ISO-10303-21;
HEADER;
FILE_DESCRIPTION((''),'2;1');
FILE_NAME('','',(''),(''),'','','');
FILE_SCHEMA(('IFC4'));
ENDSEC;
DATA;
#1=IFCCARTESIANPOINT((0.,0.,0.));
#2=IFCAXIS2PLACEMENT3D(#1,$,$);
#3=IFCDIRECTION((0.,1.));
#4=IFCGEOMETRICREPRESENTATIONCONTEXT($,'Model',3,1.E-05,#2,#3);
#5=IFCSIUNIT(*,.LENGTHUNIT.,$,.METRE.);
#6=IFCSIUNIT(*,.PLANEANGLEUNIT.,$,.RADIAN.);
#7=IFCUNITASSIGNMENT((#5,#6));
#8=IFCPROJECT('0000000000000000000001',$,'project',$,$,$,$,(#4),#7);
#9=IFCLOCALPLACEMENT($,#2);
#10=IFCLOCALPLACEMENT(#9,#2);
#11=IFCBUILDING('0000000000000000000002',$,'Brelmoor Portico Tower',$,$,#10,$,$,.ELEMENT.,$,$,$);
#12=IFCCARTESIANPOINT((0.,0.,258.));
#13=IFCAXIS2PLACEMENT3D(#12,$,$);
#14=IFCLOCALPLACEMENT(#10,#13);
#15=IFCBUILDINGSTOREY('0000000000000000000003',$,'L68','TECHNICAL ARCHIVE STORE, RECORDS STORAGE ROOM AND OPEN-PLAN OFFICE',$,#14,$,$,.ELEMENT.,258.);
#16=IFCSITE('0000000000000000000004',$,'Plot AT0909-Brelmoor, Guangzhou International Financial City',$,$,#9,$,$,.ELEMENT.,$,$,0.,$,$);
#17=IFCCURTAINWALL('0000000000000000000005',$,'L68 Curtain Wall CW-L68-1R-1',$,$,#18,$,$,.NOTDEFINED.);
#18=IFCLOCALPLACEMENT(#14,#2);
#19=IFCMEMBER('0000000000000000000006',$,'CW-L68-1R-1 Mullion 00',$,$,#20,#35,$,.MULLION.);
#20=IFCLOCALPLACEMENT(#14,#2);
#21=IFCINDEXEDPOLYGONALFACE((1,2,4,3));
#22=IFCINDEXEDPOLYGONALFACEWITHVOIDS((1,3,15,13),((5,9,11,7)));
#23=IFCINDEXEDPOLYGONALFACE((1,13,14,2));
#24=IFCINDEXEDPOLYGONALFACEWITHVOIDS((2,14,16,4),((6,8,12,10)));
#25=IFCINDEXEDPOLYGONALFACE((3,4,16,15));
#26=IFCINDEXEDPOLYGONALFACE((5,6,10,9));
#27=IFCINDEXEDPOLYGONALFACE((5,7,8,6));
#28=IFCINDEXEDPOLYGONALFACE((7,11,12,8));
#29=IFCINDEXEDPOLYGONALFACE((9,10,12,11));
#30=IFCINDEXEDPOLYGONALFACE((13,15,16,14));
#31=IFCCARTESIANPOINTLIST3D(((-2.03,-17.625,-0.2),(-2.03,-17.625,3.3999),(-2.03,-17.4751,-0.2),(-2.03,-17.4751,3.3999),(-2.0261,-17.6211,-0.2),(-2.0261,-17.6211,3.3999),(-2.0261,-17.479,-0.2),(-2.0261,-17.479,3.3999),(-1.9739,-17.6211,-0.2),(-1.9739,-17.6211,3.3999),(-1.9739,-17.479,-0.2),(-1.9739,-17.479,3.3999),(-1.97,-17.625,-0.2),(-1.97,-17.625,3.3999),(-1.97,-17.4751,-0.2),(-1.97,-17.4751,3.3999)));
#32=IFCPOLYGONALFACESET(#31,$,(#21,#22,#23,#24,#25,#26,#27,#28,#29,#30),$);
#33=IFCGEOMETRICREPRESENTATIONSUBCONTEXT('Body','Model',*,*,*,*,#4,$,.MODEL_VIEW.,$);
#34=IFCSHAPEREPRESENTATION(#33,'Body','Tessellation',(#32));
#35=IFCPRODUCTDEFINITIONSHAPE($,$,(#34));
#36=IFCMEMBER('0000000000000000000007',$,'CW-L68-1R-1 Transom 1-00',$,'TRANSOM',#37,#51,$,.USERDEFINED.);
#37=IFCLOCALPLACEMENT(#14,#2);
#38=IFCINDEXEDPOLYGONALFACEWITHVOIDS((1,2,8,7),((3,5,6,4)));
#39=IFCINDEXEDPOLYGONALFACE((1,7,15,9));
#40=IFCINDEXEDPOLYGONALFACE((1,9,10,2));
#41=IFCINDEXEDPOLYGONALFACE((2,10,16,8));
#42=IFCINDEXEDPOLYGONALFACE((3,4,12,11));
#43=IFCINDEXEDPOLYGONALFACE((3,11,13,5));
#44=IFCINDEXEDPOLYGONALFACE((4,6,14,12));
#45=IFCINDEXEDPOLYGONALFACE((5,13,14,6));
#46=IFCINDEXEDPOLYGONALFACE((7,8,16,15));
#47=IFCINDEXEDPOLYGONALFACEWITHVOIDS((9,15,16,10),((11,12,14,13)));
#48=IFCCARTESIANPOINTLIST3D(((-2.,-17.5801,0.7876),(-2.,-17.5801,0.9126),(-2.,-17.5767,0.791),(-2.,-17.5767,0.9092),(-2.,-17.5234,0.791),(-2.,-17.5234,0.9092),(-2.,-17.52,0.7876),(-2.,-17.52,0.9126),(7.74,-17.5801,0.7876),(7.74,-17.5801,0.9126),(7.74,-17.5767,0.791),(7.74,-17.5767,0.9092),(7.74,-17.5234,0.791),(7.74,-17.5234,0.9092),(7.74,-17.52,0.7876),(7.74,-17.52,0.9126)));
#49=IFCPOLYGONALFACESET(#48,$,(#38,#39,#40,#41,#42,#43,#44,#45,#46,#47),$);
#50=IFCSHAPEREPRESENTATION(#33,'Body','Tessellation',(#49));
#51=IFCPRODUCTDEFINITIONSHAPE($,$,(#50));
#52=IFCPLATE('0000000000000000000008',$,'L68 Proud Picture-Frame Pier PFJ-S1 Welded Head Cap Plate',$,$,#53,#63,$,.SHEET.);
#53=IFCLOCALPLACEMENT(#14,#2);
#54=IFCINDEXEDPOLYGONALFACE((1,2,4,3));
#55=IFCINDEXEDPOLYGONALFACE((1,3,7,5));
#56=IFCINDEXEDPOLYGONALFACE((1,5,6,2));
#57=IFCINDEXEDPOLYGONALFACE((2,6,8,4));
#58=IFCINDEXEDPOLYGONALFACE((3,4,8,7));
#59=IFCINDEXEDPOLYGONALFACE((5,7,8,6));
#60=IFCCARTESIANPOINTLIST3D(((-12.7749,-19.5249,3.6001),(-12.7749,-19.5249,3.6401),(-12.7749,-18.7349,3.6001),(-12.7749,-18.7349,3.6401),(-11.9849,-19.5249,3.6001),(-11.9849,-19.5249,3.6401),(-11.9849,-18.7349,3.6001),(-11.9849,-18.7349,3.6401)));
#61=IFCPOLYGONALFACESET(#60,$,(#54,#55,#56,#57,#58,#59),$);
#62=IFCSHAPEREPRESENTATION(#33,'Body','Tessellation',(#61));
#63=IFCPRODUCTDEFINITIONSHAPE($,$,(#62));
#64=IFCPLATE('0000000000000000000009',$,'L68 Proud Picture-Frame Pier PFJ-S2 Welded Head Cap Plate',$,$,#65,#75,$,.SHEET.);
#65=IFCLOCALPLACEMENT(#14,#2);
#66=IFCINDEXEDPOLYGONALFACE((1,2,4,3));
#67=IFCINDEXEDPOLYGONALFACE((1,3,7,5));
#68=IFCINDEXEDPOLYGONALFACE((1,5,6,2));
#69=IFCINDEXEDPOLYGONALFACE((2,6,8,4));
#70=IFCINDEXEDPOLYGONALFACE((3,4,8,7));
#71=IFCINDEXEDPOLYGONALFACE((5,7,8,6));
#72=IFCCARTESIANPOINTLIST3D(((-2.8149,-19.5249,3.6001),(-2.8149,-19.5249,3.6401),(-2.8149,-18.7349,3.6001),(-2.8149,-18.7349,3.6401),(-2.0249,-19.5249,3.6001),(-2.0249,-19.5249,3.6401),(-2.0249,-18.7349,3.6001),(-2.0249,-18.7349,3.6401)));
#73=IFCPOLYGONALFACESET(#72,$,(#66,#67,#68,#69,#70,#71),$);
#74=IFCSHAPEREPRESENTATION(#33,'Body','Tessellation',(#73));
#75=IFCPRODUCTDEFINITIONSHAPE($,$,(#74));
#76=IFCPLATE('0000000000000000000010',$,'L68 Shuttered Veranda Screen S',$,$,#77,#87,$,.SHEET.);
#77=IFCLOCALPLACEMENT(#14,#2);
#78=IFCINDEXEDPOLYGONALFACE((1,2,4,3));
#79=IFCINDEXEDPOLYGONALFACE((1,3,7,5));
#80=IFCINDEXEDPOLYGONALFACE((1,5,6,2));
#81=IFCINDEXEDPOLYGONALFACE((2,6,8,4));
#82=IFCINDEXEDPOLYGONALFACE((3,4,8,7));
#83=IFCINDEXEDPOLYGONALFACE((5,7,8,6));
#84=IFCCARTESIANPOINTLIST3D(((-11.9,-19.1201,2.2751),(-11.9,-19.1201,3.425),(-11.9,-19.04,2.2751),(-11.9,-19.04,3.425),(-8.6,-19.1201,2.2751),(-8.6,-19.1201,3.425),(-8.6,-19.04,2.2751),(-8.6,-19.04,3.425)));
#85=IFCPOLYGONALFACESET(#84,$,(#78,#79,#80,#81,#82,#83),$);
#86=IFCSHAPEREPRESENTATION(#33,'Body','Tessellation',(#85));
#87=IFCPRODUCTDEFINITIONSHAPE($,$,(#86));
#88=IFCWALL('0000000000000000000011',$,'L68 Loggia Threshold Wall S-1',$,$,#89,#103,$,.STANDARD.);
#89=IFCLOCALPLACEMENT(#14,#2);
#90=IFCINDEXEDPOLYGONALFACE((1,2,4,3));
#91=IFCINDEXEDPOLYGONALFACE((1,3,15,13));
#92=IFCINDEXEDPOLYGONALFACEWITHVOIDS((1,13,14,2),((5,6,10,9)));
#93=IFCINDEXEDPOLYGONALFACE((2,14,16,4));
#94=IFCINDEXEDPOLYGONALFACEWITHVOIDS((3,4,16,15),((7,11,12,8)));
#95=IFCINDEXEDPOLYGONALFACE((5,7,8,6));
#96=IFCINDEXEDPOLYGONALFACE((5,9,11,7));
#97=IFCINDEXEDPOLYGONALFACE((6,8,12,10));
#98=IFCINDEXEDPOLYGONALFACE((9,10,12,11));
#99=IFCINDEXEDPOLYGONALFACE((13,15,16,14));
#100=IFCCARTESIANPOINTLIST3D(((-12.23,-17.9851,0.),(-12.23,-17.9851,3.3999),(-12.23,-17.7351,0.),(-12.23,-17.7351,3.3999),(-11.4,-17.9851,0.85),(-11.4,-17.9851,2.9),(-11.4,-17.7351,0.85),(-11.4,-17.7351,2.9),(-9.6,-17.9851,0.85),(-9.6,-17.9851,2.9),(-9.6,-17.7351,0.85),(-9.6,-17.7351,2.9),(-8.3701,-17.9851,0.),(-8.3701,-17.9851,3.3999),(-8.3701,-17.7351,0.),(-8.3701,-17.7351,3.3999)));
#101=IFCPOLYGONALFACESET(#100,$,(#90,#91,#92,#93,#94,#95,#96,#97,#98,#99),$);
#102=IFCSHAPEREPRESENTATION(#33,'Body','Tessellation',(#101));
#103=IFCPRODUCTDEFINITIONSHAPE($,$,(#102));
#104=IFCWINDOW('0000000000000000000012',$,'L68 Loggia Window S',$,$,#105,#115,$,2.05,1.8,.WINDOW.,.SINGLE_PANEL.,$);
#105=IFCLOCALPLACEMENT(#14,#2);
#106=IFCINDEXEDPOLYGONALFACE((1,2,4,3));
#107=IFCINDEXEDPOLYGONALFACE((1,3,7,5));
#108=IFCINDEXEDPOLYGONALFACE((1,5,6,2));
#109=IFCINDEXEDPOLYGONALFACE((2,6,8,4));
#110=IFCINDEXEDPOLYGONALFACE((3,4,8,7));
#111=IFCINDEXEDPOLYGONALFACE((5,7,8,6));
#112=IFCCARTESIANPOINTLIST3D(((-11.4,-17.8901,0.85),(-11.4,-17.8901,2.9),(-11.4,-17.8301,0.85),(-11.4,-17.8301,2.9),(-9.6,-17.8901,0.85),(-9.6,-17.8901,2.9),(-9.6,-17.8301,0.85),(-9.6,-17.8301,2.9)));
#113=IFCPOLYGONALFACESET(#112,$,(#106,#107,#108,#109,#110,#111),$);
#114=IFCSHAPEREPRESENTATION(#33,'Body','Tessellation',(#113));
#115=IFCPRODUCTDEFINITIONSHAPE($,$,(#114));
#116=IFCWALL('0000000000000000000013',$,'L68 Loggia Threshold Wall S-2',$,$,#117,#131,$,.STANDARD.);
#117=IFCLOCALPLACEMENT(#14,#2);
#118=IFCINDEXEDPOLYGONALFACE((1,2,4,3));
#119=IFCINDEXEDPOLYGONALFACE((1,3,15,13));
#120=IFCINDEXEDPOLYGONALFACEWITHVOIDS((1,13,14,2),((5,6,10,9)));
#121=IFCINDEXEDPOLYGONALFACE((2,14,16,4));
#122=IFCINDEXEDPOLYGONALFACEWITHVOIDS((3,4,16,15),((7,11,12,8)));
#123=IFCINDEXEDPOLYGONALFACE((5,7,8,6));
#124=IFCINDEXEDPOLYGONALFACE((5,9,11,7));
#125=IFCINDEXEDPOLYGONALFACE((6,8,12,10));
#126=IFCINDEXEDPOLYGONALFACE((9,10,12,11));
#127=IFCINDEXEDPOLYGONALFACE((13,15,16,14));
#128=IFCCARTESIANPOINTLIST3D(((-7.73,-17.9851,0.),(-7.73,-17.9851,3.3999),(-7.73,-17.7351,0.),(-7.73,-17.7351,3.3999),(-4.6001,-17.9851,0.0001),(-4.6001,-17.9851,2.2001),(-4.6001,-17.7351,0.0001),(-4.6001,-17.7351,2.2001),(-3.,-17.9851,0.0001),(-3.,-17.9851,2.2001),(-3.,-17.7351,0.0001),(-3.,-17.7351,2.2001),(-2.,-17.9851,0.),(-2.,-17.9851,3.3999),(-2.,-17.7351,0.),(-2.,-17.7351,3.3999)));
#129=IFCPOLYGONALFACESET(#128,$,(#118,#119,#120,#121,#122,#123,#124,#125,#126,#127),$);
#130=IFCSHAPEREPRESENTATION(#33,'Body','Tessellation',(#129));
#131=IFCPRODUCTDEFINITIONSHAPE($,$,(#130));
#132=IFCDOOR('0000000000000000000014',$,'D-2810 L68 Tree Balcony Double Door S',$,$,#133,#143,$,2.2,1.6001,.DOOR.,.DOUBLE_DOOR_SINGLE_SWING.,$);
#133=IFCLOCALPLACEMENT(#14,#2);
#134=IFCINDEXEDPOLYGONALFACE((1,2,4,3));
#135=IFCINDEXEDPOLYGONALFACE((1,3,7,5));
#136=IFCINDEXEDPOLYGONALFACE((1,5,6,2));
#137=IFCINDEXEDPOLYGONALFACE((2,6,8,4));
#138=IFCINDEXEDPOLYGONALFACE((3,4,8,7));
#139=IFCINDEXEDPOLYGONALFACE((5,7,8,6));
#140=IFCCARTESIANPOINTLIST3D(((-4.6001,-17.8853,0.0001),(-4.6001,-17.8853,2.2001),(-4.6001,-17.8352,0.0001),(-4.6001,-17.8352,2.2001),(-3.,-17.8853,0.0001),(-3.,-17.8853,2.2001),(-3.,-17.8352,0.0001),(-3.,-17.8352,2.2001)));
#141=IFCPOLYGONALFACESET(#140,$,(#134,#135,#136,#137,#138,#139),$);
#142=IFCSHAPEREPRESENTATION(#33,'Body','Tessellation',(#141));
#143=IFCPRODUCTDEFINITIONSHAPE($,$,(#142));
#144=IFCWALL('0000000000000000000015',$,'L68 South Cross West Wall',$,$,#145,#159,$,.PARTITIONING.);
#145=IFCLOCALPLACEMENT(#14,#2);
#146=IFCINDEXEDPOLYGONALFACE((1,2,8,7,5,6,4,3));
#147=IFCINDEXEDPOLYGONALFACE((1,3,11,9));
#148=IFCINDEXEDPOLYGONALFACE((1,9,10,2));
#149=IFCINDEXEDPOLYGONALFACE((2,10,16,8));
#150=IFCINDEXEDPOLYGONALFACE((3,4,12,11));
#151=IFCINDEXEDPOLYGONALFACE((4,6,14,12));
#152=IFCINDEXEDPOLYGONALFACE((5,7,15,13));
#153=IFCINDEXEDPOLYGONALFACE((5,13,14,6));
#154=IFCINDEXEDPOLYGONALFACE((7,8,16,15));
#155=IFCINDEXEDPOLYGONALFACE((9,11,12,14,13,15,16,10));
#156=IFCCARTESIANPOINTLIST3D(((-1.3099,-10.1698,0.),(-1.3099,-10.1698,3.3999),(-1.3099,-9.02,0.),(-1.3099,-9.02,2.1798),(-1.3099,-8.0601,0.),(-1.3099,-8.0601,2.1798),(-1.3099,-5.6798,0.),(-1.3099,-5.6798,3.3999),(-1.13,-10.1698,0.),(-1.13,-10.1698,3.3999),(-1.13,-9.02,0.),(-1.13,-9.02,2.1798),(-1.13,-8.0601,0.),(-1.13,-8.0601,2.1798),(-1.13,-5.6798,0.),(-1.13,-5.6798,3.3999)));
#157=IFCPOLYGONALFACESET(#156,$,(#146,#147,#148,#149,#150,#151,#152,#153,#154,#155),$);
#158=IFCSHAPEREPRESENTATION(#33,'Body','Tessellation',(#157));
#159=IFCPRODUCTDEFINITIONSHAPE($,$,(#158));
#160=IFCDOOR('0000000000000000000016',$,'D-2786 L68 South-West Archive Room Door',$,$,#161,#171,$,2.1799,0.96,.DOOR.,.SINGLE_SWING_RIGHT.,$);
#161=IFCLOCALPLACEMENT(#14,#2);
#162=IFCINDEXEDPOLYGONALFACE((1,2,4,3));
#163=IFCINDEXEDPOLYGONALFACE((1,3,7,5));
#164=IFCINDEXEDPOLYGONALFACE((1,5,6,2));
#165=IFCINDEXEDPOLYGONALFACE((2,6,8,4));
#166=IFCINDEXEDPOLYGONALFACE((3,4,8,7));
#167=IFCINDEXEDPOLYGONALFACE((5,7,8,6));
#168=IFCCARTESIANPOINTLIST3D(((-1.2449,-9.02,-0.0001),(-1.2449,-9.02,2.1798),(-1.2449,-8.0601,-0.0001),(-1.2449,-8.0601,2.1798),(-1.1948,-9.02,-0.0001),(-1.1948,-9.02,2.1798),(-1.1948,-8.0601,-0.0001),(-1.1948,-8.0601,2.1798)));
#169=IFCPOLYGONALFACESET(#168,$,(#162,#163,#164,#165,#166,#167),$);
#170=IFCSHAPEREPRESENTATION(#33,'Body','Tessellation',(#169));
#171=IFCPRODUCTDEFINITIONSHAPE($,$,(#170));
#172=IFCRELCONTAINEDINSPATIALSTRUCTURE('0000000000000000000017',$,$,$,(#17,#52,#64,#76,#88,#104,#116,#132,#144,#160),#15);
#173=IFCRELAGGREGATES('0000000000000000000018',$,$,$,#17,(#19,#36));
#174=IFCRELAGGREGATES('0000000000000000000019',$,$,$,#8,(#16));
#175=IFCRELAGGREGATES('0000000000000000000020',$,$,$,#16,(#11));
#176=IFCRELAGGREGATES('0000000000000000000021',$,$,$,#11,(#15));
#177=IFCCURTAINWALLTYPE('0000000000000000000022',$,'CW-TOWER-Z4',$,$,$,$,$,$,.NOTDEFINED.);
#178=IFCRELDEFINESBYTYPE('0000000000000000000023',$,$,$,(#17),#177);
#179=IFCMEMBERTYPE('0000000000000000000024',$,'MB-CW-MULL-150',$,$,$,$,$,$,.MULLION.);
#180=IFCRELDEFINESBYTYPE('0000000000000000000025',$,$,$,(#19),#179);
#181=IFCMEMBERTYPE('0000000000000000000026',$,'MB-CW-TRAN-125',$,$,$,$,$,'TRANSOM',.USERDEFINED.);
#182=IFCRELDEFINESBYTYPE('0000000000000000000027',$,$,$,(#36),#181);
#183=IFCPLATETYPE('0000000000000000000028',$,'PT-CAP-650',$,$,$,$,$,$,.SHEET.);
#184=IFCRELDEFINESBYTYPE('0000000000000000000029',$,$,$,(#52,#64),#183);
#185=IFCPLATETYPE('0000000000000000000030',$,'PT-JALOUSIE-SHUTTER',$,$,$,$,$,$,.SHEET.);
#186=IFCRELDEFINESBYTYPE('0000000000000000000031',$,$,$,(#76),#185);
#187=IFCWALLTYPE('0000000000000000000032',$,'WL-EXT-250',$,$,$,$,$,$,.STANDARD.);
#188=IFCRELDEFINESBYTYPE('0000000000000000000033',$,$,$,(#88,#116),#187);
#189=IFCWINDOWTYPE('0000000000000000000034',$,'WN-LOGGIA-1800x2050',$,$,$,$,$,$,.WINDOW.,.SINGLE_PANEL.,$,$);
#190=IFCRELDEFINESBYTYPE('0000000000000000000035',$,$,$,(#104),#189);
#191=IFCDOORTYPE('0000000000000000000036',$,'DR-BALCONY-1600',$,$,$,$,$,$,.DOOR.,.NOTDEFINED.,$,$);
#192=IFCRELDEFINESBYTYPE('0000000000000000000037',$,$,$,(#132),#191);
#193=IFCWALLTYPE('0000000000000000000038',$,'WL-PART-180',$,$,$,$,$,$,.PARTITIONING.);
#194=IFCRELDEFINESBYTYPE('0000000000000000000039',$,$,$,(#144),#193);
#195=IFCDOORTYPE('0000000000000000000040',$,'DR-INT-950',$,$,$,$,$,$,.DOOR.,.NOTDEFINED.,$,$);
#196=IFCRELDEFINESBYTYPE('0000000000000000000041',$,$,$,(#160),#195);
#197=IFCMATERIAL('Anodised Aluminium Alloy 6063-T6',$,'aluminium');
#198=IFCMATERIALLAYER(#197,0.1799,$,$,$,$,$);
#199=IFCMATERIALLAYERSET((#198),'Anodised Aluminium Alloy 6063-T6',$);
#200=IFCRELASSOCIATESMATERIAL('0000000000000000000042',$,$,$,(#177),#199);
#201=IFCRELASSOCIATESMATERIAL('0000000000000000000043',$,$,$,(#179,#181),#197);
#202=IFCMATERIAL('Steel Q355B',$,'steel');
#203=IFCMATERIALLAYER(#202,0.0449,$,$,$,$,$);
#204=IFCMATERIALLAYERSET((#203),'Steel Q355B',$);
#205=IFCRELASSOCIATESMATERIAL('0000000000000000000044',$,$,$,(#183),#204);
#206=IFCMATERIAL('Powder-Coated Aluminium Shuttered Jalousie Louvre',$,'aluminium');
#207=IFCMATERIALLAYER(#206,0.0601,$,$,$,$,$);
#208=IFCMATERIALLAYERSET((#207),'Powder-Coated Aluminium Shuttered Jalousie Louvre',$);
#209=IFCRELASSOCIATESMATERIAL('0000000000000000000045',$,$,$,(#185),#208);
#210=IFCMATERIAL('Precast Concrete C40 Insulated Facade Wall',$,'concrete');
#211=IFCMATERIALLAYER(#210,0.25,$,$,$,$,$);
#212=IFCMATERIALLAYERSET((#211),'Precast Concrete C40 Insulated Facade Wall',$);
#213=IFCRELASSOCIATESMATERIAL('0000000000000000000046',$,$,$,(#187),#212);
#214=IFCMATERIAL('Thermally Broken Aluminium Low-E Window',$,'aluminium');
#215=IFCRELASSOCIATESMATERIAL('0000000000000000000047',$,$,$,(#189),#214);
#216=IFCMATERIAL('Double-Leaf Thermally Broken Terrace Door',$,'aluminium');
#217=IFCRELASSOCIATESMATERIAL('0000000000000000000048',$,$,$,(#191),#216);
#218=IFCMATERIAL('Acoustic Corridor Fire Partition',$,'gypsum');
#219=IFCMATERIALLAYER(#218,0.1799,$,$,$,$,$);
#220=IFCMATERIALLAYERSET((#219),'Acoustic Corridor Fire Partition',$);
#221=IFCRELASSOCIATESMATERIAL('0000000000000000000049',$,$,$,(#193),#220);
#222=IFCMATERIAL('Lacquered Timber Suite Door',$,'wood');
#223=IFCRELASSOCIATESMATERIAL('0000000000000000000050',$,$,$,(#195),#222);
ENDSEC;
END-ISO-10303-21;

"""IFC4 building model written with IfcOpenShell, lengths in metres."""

from ifc_helpers import new_model, si_unit, direction, frame, frame_2d, origin, origin_2d, place, context, subcontext, project, spatial, rectangle, hollow_rectangle, extrude, material, layer, layer_set, material_profile, profile_set, type_object, element, fill, aggregate, save


model = new_model("IFC4")

# Units and contexts
model_context = context("Model", 3, precision=1e-05, world=origin(), true_north=direction((0.0, 1.0)))
body_context = subcontext(model_context, "Body", "Model", "MODEL_VIEW")
ifc_project = project(units=[si_unit("LENGTHUNIT", "METRE"), si_unit("PLANEANGLEUNIT", "RADIAN")], contexts=[model_context])

# Site, building, storey
site_placement = place(None, origin())
site = spatial("IfcSite", under=ifc_project, at=site_placement, Name="Plot AT0909-Brelmoor, Guangzhou International Financial City", CompositionType="ELEMENT", RefElevation=0.0)
building_placement = place(site_placement, origin())
building = spatial("IfcBuilding", under=site, at=building_placement, Name="Brelmoor Portico Tower", CompositionType="ELEMENT")
storey_placement = place(building_placement, frame((0.0, 0.0, 258.0)))
storey = spatial("IfcBuildingStorey", under=building, at=storey_placement, Name="L68", Description="TECHNICAL ARCHIVE STORE, RECORDS STORAGE ROOM AND OPEN-PLAN OFFICE", CompositionType="ELEMENT", Elevation=258.0)

# Shared definitions
ifc_material_1 = material(Name="Steel Q355B", Category="steel")

# Curtain wall, members
ifc_material_2 = material(Name="Anodised Aluminium Alloy 6063-T6", Category="aluminium")
ifc_layer_1 = layer(ifc_material_2, 0.1799)
ifc_layer_set_1 = layer_set([ifc_layer_1], Name="Anodised Aluminium Alloy 6063-T6")
curtain_wall_type = type_object("IfcCurtainWallType", Name="CW-TOWER-Z4", PredefinedType="NOTDEFINED", material=ifc_layer_set_1)
curtain_wall_placement = place(storey_placement, origin())
curtain_wall = element("IfcCurtainWall", 1, at=curtain_wall_placement, inside=storey, type_object=curtain_wall_type, Name="L68 Curtain Wall CW-L68-1R-1", PredefinedType="NOTDEFINED")
ifc_material_profile_1 = material_profile(ifc_material_2, hollow_rectangle(XDim=0.0601, YDim=0.1499, WallThickness=0.0039, at=origin_2d()), Name="ALU MULLION 60x150")
ifc_profile_set_1 = profile_set([ifc_material_profile_1], Name="Anodised Aluminium Alloy 6063-T6")
member_type_1 = type_object("IfcMemberType", Name="MB-CW-MULL-150", PredefinedType="MULLION", material=ifc_profile_set_1)
member_1_placement = place(storey_placement, frame((-2.0, -17.55, -0.2), z_axis=(0.0, 0.0, 1.0), x_axis=(1.0, 0.0, 0.0)))
member_1 = element("IfcMember", 2, at=member_1_placement, type_object=member_type_1, Name="CW-L68-1R-1 Mullion 00", PredefinedType="MULLION", context=body_context, shape_type="SweptSolid", body=[
    extrude(hollow_rectangle(XDim=0.0601, YDim=0.1499, WallThickness=0.0039, at=origin_2d()), origin(), (0.0, 0.0, 1.0), 3.5999),
])
ifc_material_profile_2 = material_profile(ifc_material_2, hollow_rectangle(XDim=0.0601, YDim=0.125, WallThickness=0.0034, at=origin_2d()), Name="ALU TRANSOM 60x125")
ifc_profile_set_2 = profile_set([ifc_material_profile_2], Name="Anodised Aluminium Alloy 6063-T6")
member_type_2 = type_object("IfcMemberType", Name="MB-CW-TRAN-125", ElementType="TRANSOM", PredefinedType="USERDEFINED", material=ifc_profile_set_2)
member_2_placement = place(storey_placement, frame((-2.0, -17.55, 0.8501), z_axis=(1.0, 0.0, 0.0), x_axis=(0.0, 1.0, 0.0)))
member_2 = element("IfcMember", 3, at=member_2_placement, type_object=member_type_2, Name="CW-L68-1R-1 Transom 1-00", ObjectType="TRANSOM", PredefinedType="USERDEFINED", context=body_context, shape_type="SweptSolid", body=[
    extrude(hollow_rectangle(XDim=0.0601, YDim=0.125, WallThickness=0.0034, at=origin_2d()), origin(), (0.0, 0.0, 1.0), 9.74),
])
aggregate(curtain_wall, [member_1, member_2])

# Plates
ifc_layer_2 = layer(ifc_material_1, 0.0449)
ifc_layer_set_2 = layer_set([ifc_layer_2], Name="Steel Q355B")
plate_type_1 = type_object("IfcPlateType", Name="PT-CAP-650", PredefinedType="SHEET", material=ifc_layer_set_2)
for number, where, z_axis, x_axis, name in (
    (4, (-12.3799, -19.1299, 3.6001), (0.0, 0.0, 1.0), (1.0, 0.0, 0.0), "L68 Proud Picture-Frame Pier PFJ-S1 Welded Head Cap Plate"),
    (5, (-2.4199, -19.1299, 3.6001), (0.0, 0.0, 1.0), (1.0, 0.0, 0.0), "L68 Proud Picture-Frame Pier PFJ-S2 Welded Head Cap Plate"),
):
    element("IfcPlate", number, at=place(storey_placement, frame(where, z_axis=z_axis, x_axis=x_axis)), inside=storey, type_object=plate_type_1, Name=name, PredefinedType="SHEET", context=body_context, shape_type="SweptSolid", body=[
        extrude(rectangle(XDim=0.79, YDim=0.79, at=origin_2d()), origin(), (0.0, 0.0, 1.0), 0.04),
    ])
ifc_material_3 = material(Name="Powder-Coated Aluminium Shuttered Jalousie Louvre", Category="aluminium")
ifc_layer_3 = layer(ifc_material_3, 0.0601)
ifc_layer_set_3 = layer_set([ifc_layer_3], Name="Powder-Coated Aluminium Shuttered Jalousie Louvre")
plate_type_2 = type_object("IfcPlateType", Name="PT-JALOUSIE-SHUTTER", PredefinedType="SHEET", material=ifc_layer_set_3)
plate_placement = place(storey_placement, frame((-10.25, -19.0801, 2.2751), z_axis=(0.0, 0.0, 1.0), x_axis=(1.0, 0.0, 0.0)))
element("IfcPlate", 6, at=plate_placement, inside=storey, type_object=plate_type_2, Name="L68 Shuttered Veranda Screen S", PredefinedType="SHEET", context=body_context, shape_type="SweptSolid", body=[
    extrude(rectangle(XDim=3.3, YDim=0.0801, at=origin_2d()), origin(), (0.0, 0.0, 1.0), 1.1499),
])

# Wall, opening, window
ifc_material_4 = material(Name="Precast Concrete C40 Insulated Facade Wall", Category="concrete")
ifc_layer_4 = layer(ifc_material_4, 0.25)
ifc_layer_set_4 = layer_set([ifc_layer_4], Name="Precast Concrete C40 Insulated Facade Wall")
wall_type_1 = type_object("IfcWallType", Name="WL-EXT-250", PredefinedType="STANDARD", material=ifc_layer_set_4)
wall_1_placement = place(storey_placement, frame((-12.23, -17.8601, 0.0), z_axis=(0.0, 0.0, 1.0), x_axis=(1.0, 0.0, 0.0)))
wall_1 = element("IfcWall", 7, at=wall_1_placement, inside=storey, type_object=wall_type_1, Name="L68 Loggia Threshold Wall S-1", PredefinedType="STANDARD", context=body_context, shape_type="SweptSolid", body=[
    extrude(rectangle(XDim=3.8599, YDim=0.25, at=frame_2d((1.9299, 0.0))), origin(), (0.0, 0.0, 1.0), 3.3999),
])
opening_1_placement = place(wall_1_placement, frame((0.8301, 0.0, 0.8501)))
opening_1 = element("IfcOpeningElement", 8, at=opening_1_placement, cuts=wall_1, PredefinedType="OPENING", context=body_context, shape_type="SweptSolid", body=[
    extrude(rectangle(XDim=1.8, YDim=2.05, at=frame_2d((0.8999, 1.0249))), frame((0.0, 0.135, 0.0), z_axis=(0.0, -1.0, 0.0), x_axis=(1.0, 0.0, 0.0)), (0.0, 0.0, 1.0), 0.27),
])
ifc_material_5 = material(Name="Thermally Broken Aluminium Low-E Window", Category="aluminium")
window_type = type_object("IfcWindowType", Name="WN-LOGGIA-1800x2050", PartitioningType="SINGLE_PANEL", PredefinedType="WINDOW", material=ifc_material_5)
window_placement = place(opening_1_placement, origin())
window = element("IfcWindow", 9, at=window_placement, inside=storey, type_object=window_type, Name="L68 Loggia Window S", OverallHeight=2.05, OverallWidth=1.8, PartitioningType="SINGLE_PANEL", PredefinedType="WINDOW", context=body_context, shape_type="SweptSolid", body=[
    extrude(rectangle(XDim=1.8, YDim=2.05, at=frame_2d((0.8999, 1.0249))), frame((0.0, 0.03, 0.0), z_axis=(0.0, -1.0, 0.0), x_axis=(1.0, 0.0, 0.0)), (0.0, 0.0, 1.0), 0.0601),
])
fill(opening_1, window)

# Walls, openings, doors
wall_2_placement = place(storey_placement, frame((-7.73, -17.8601, 0.0), z_axis=(0.0, 0.0, 1.0), x_axis=(1.0, 0.0, 0.0)))
wall_2 = element("IfcWall", 10, at=wall_2_placement, inside=storey, type_object=wall_type_1, Name="L68 Loggia Threshold Wall S-2", PredefinedType="STANDARD", context=body_context, shape_type="SweptSolid", body=[
    extrude(rectangle(XDim=5.73, YDim=0.25, at=frame_2d((2.865, 0.0))), origin(), (0.0, 0.0, 1.0), 3.3999),
])
opening_2_placement = place(wall_2_placement, frame((3.1299, 0.0, 0.0)))
opening_2 = element("IfcOpeningElement", 11, at=opening_2_placement, cuts=wall_2, PredefinedType="OPENING", context=body_context, shape_type="SweptSolid", body=[
    extrude(rectangle(XDim=1.6001, YDim=2.2, at=frame_2d((0.8, 1.1001))), frame((0.0, 0.135, 0.0), z_axis=(0.0, -1.0, 0.0), x_axis=(1.0, 0.0, 0.0)), (0.0, 0.0, 1.0), 0.27),
])
ifc_material_6 = material(Name="Double-Leaf Thermally Broken Terrace Door", Category="aluminium")
door_type_1 = type_object("IfcDoorType", Name="DR-BALCONY-1600", OperationType="NOTDEFINED", PredefinedType="DOOR", material=ifc_material_6)
door_1_placement = place(opening_2_placement, origin())
door_1 = element("IfcDoor", 12, at=door_1_placement, inside=storey, type_object=door_type_1, Name="D-2810 L68 Tree Balcony Double Door S", OperationType="DOUBLE_DOOR_SINGLE_SWING", OverallHeight=2.2, OverallWidth=1.6001, PredefinedType="DOOR", context=body_context, shape_type="SweptSolid", body=[
    extrude(rectangle(XDim=1.6001, YDim=2.2, at=frame_2d((0.8, 1.1001))), frame((0.0, 0.0249, 0.0), z_axis=(0.0, -1.0, 0.0), x_axis=(1.0, 0.0, 0.0)), (0.0, 0.0, 1.0), 0.05),
])
fill(opening_2, door_1)
ifc_material_7 = material(Name="Acoustic Corridor Fire Partition", Category="gypsum")
ifc_layer_5 = layer(ifc_material_7, 0.1799)
ifc_layer_set_5 = layer_set([ifc_layer_5], Name="Acoustic Corridor Fire Partition")
wall_type_2 = type_object("IfcWallType", Name="WL-PART-180", PredefinedType="PARTITIONING", material=ifc_layer_set_5)
wall_3_placement = place(storey_placement, frame((-1.22, -10.1699, 0.0), z_axis=(0.0, 0.0, 1.0), x_axis=(0.0, 1.0, 0.0)))
wall_3 = element("IfcWall", 13, at=wall_3_placement, inside=storey, type_object=wall_type_2, Name="L68 South Cross West Wall", PredefinedType="PARTITIONING", context=body_context, shape_type="SweptSolid", body=[
    extrude(rectangle(XDim=4.49, YDim=0.1799, at=frame_2d((2.2451, 0.0))), origin(), (0.0, 0.0, 1.0), 3.3999),
])
opening_3_placement = place(wall_3_placement, frame((1.1499, 0.0, 0.0)))
opening_3 = element("IfcOpeningElement", 14, at=opening_3_placement, cuts=wall_3, PredefinedType="OPENING", context=body_context, shape_type="SweptSolid", body=[
    extrude(rectangle(XDim=0.96, YDim=2.1799, at=frame_2d((0.48, 1.0898))), frame((0.0, 0.0999, 0.0), z_axis=(0.0, -1.0, 0.0), x_axis=(1.0, 0.0, 0.0)), (0.0, 0.0, 1.0), 0.2),
])
ifc_material_8 = material(Name="Lacquered Timber Suite Door", Category="wood")
door_type_2 = type_object("IfcDoorType", Name="DR-INT-950", OperationType="NOTDEFINED", PredefinedType="DOOR", material=ifc_material_8)
door_2_placement = place(opening_3_placement, origin())
door_2 = element("IfcDoor", 15, at=door_2_placement, inside=storey, type_object=door_type_2, Name="D-2786 L68 South-West Archive Room Door", OperationType="SINGLE_SWING_RIGHT", OverallHeight=2.1799, OverallWidth=0.96, PredefinedType="DOOR", context=body_context, shape_type="SweptSolid", body=[
    extrude(rectangle(XDim=0.96, YDim=2.1799, at=frame_2d((0.48, 1.0898))), frame((0.0, 0.0249, 0.0), z_axis=(0.0, -1.0, 0.0), x_axis=(1.0, 0.0, 0.0)), (0.0, 0.0, 1.0), 0.05),
])
fill(opening_3, door_2)

save(model, "model.ifc")
